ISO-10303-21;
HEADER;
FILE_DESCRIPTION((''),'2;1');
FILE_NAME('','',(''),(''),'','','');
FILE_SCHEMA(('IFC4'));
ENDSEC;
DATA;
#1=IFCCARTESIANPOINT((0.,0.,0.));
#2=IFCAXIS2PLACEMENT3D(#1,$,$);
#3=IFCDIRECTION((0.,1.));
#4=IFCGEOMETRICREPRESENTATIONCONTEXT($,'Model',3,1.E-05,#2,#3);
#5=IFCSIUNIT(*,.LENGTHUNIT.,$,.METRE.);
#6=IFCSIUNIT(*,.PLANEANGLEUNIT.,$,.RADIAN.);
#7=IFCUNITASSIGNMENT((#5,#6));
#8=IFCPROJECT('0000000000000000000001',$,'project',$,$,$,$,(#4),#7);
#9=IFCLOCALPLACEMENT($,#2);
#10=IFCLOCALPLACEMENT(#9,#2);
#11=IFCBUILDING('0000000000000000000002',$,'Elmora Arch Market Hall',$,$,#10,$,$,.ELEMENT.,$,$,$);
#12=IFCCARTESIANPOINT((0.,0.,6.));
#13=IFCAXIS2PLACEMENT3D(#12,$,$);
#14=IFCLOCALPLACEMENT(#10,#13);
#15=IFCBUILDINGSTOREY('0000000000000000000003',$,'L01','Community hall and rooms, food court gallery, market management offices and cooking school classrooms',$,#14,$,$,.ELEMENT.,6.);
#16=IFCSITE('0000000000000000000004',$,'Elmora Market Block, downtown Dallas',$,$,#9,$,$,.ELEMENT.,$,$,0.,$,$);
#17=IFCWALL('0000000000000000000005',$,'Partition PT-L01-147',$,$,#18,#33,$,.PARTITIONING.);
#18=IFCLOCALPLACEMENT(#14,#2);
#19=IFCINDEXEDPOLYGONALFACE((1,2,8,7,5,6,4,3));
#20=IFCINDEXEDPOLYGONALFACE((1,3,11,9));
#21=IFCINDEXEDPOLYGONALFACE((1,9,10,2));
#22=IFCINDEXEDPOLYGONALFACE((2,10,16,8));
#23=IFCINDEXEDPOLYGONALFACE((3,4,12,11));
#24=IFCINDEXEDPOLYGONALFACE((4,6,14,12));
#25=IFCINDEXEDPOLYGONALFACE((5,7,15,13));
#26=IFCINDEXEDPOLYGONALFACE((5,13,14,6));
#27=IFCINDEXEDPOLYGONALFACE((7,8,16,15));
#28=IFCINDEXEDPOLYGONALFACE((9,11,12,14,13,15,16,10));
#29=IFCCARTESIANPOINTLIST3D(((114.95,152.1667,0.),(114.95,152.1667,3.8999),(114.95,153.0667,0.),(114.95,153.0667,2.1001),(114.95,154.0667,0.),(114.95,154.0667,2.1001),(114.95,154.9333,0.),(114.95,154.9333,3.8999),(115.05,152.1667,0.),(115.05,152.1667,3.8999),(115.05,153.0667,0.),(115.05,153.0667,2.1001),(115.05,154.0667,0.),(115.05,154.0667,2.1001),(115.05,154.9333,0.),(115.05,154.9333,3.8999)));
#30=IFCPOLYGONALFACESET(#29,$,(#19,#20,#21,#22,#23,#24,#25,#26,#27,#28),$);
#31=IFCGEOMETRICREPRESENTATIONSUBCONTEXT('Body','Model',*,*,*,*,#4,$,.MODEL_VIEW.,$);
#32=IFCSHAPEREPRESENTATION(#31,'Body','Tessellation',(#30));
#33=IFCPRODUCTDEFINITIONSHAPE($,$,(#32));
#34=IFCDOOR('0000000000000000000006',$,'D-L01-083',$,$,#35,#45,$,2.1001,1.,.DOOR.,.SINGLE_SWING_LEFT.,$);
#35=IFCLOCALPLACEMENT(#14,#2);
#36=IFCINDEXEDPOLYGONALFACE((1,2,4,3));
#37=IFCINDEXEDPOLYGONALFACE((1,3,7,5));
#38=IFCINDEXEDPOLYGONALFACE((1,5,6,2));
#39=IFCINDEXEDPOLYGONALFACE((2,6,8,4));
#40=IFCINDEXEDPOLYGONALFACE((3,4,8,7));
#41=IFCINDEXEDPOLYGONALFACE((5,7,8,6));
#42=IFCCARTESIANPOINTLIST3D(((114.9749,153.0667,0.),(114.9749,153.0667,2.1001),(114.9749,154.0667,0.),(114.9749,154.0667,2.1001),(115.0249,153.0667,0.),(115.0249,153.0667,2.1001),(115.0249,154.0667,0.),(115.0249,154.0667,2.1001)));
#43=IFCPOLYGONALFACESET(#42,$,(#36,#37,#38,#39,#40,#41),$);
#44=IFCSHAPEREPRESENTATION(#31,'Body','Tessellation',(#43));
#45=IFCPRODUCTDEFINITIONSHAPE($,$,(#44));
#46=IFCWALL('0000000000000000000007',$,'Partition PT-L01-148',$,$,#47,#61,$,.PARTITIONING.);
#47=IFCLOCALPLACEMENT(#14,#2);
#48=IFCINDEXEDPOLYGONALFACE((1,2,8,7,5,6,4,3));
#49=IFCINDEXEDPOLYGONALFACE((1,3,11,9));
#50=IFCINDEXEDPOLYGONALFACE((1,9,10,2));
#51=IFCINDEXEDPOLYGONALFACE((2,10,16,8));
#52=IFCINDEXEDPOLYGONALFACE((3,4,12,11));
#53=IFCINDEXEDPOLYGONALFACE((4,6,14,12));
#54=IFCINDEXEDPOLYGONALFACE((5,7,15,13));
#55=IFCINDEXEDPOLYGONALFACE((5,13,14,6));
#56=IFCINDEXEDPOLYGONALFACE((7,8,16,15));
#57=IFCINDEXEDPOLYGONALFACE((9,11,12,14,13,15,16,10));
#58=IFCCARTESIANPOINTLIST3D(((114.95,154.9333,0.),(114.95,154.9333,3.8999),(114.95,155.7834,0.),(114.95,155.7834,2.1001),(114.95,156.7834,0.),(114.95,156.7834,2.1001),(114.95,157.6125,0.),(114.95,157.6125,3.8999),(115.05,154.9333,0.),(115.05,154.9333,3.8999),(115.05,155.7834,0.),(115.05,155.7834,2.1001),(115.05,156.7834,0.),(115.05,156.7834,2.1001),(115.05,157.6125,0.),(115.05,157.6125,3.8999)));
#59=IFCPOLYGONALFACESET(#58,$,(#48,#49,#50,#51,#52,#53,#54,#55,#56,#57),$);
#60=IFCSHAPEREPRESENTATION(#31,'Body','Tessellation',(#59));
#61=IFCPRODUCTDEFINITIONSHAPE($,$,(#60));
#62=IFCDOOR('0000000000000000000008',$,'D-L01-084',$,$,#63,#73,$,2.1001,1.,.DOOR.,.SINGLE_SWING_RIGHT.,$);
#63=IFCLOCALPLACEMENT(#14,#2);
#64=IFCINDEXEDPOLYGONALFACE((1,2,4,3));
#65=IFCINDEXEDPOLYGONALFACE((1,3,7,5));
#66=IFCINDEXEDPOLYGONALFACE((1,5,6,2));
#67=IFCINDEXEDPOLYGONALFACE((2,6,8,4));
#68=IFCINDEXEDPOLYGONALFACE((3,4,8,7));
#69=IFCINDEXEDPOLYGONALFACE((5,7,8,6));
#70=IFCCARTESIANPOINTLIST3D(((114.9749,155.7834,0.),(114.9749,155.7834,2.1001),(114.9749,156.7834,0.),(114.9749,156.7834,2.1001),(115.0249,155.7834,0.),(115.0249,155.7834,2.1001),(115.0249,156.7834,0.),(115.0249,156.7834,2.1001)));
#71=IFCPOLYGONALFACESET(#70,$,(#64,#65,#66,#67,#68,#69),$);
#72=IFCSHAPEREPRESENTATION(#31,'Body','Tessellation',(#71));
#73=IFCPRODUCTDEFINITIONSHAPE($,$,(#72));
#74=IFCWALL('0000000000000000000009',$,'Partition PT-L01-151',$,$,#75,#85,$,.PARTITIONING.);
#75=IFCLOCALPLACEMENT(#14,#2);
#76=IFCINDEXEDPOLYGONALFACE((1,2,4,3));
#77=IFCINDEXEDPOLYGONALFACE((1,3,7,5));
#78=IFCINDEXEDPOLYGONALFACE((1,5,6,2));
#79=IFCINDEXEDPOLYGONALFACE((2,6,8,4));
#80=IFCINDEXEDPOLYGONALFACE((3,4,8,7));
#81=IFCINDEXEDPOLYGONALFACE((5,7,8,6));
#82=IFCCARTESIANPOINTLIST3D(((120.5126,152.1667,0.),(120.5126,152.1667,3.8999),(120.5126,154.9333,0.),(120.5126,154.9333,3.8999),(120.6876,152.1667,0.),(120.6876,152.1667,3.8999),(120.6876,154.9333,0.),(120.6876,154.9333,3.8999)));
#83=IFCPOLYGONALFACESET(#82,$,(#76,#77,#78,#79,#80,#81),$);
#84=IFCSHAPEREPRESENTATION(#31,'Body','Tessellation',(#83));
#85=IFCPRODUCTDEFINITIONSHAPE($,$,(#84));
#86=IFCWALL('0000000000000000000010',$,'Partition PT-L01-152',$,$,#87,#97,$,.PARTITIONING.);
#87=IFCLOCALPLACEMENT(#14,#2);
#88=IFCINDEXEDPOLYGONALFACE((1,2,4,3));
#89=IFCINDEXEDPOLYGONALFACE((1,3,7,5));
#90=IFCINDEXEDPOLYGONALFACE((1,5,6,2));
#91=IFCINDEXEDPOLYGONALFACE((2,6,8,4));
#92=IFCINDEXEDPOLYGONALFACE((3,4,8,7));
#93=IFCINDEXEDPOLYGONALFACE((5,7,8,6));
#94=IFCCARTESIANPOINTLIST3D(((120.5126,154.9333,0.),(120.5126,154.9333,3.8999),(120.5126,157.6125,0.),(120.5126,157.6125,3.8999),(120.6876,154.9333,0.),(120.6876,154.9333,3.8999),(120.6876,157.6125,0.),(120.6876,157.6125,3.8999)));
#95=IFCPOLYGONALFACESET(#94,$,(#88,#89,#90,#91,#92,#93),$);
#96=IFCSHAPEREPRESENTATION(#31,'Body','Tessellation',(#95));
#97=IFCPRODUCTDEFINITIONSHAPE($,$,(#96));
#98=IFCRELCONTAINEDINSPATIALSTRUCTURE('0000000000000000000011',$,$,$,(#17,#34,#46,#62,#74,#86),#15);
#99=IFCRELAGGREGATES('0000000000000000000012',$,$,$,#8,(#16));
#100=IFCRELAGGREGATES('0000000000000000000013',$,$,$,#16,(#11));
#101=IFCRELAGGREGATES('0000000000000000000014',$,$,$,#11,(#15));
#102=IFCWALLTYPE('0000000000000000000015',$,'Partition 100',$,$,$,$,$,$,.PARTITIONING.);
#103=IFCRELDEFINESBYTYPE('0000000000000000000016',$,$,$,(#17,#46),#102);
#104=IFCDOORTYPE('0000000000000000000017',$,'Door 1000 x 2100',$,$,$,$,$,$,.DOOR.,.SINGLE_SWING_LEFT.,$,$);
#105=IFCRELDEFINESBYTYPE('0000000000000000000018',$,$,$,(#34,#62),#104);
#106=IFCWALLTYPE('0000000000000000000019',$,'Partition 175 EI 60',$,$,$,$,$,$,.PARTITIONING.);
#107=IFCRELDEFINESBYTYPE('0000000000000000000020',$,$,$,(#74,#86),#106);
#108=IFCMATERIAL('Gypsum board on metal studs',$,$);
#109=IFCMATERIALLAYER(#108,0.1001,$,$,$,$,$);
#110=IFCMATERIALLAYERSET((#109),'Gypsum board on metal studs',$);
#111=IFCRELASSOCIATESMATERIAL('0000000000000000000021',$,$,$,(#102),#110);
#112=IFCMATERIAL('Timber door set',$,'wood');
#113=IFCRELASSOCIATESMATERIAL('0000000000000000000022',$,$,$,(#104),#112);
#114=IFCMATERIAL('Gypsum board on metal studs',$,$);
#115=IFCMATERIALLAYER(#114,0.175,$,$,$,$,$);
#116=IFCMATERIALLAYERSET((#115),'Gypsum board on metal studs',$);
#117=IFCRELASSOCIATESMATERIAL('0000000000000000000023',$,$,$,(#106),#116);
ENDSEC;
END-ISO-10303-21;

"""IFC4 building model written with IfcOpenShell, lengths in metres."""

from ifc_helpers import new_model, si_unit, direction, frame, frame_2d, origin, place, context, subcontext, project, spatial, rectangle, extrude, material, layer, layer_set, type_object, element, fill, save


model = new_model("IFC4")

# Units and contexts
model_context = context("Model", 3, precision=1e-05, world=origin(), true_north=direction((0.0, 1.0)))
body_context = subcontext(model_context, "Body", "Model", "MODEL_VIEW")
ifc_project = project(units=[si_unit("LENGTHUNIT", "METRE"), si_unit("PLANEANGLEUNIT", "RADIAN")], contexts=[model_context])

# Site, building, storey
site_placement = place(None, origin())
site = spatial("IfcSite", under=ifc_project, at=site_placement, Name="Elmora Market Block, downtown Dallas", CompositionType="ELEMENT", RefElevation=0.0)
building_placement = place(site_placement, origin())
building = spatial("IfcBuilding", under=site, at=building_placement, Name="Elmora Arch Market Hall", CompositionType="ELEMENT")
storey_placement = place(building_placement, frame((0.0, 0.0, 6.0)))
storey = spatial("IfcBuildingStorey", under=building, at=storey_placement, Name="L01", Description="Community hall and rooms, food court gallery, market management offices and cooking school classrooms", CompositionType="ELEMENT", Elevation=6.0)

# Shared definitions
ifc_material_1 = material(Name="Gypsum board on metal studs")
ifc_layer_1 = layer(ifc_material_1, 0.1001)
ifc_layer_set_1 = layer_set([ifc_layer_1], Name="Gypsum board on metal studs")
wall_type_1 = type_object("IfcWallType", Name="Partition 100", PredefinedType="PARTITIONING", material=ifc_layer_set_1)

# Walls, openings, doors
wall_1_placement = place(storey_placement, frame((115.0, 152.1667, 0.0), z_axis=(0.0, 0.0, 1.0), x_axis=(0.0, 1.0, 0.0)))
wall_1 = element("IfcWall", 1, at=wall_1_placement, inside=storey, type_object=wall_type_1, Name="Partition PT-L01-147", PredefinedType="PARTITIONING", context=body_context, shape_type="SweptSolid", body=[
    extrude(rectangle(XDim=2.7666, YDim=0.1001, at=frame_2d((1.3833, 0.0))), origin(), (0.0, 0.0, 1.0), 3.8999),
])
opening_1_placement = place(wall_1_placement, frame((0.8999, 0.0, 0.0)))
opening_1 = element("IfcOpeningElement", 2, at=opening_1_placement, cuts=wall_1, PredefinedType="OPENING", context=body_context, shape_type="SweptSolid", body=[
    extrude(rectangle(XDim=1.0, YDim=2.1001, at=frame_2d((0.5, 1.05))), frame((0.0, 0.0601, 0.0), z_axis=(0.0, -1.0, 0.0), x_axis=(1.0, 0.0, 0.0)), (0.0, 0.0, 1.0), 0.1201),
])
ifc_material_2 = material(Name="Timber door set", Category="wood")
door_type_1 = type_object("IfcDoorType", Name="Door 1000 x 2100", OperationType="SINGLE_SWING_LEFT", PredefinedType="DOOR", material=ifc_material_2)
door_1_placement = place(opening_1_placement, frame((1.0, 0.0, 0.0), z_axis=(0.0, 0.0, 1.0), x_axis=(-1.0, 0.0, 0.0)))
door_1 = element("IfcDoor", 3, at=door_1_placement, inside=storey, type_object=door_type_1, Name="D-L01-083", OperationType="SINGLE_SWING_LEFT", OverallHeight=2.1001, OverallWidth=1.0, PredefinedType="DOOR", context=body_context, shape_type="SweptSolid", body=[
    extrude(rectangle(XDim=1.0, YDim=2.1001, at=frame_2d((0.5, 1.05))), frame((0.0, 0.0249, 0.0), z_axis=(0.0, -1.0, 0.0), x_axis=(1.0, 0.0, 0.0)), (0.0, 0.0, 1.0), 0.05),
])
fill(opening_1, door_1)
wall_2_placement = place(storey_placement, frame((115.0, 154.9333, 0.0), z_axis=(0.0, 0.0, 1.0), x_axis=(0.0, 1.0, 0.0)))
wall_2 = element("IfcWall", 4, at=wall_2_placement, inside=storey, type_object=wall_type_1, Name="Partition PT-L01-148", PredefinedType="PARTITIONING", context=body_context, shape_type="SweptSolid", body=[
    extrude(rectangle(XDim=2.6792, YDim=0.1001, at=frame_2d((1.3396, 0.0))), origin(), (0.0, 0.0, 1.0), 3.8999),
])
opening_2_placement = place(wall_2_placement, frame((0.8501, 0.0, 0.0)))
opening_2 = element("IfcOpeningElement", 5, at=opening_2_placement, cuts=wall_2, PredefinedType="OPENING", context=body_context, shape_type="SweptSolid", body=[
    extrude(rectangle(XDim=1.0, YDim=2.1001, at=frame_2d((0.5, 1.05))), frame((0.0, 0.0601, 0.0), z_axis=(0.0, -1.0, 0.0), x_axis=(1.0, 0.0, 0.0)), (0.0, 0.0, 1.0), 0.1201),
])
door_2_placement = place(opening_2_placement, frame((1.0, 0.0, 0.0), z_axis=(0.0, 0.0, 1.0), x_axis=(-1.0, 0.0, 0.0)))
door_2 = element("IfcDoor", 6, at=door_2_placement, inside=storey, type_object=door_type_1, Name="D-L01-084", OperationType="SINGLE_SWING_RIGHT", OverallHeight=2.1001, OverallWidth=1.0, PredefinedType="DOOR", context=body_context, shape_type="SweptSolid", body=[
    extrude(rectangle(XDim=1.0, YDim=2.1001, at=frame_2d((0.5, 1.05))), frame((0.0, 0.0249, 0.0), z_axis=(0.0, -1.0, 0.0), x_axis=(1.0, 0.0, 0.0)), (0.0, 0.0, 1.0), 0.05),
])
fill(opening_2, door_2)

# Walls
ifc_material_3 = material(Name="Gypsum board on metal studs")
ifc_layer_2 = layer(ifc_material_3, 0.175)
ifc_layer_set_2 = layer_set([ifc_layer_2], Name="Gypsum board on metal studs")
wall_type_2 = type_object("IfcWallType", Name="Partition 175 EI 60", PredefinedType="PARTITIONING", material=ifc_layer_set_2)
wall_3_placement = place(storey_placement, frame((120.6001, 152.1667, 0.0), z_axis=(0.0, 0.0, 1.0), x_axis=(0.0, 1.0, 0.0)))
element("IfcWall", 7, at=wall_3_placement, inside=storey, type_object=wall_type_2, Name="Partition PT-L01-151", PredefinedType="PARTITIONING", context=body_context, shape_type="SweptSolid", body=[
    extrude(rectangle(XDim=2.7666, YDim=0.175, at=frame_2d((1.3833, 0.0))), origin(), (0.0, 0.0, 1.0), 3.8999),
])
wall_4_placement = place(storey_placement, frame((120.6001, 154.9333, 0.0), z_axis=(0.0, 0.0, 1.0), x_axis=(0.0, 1.0, 0.0)))
element("IfcWall", 8, at=wall_4_placement, inside=storey, type_object=wall_type_2, Name="Partition PT-L01-152", PredefinedType="PARTITIONING", context=body_context, shape_type="SweptSolid", body=[
    extrude(rectangle(XDim=2.6792, YDim=0.175, at=frame_2d((1.3396, 0.0))), origin(), (0.0, 0.0, 1.0), 3.8999),
])

save(model, "model.ifc")
